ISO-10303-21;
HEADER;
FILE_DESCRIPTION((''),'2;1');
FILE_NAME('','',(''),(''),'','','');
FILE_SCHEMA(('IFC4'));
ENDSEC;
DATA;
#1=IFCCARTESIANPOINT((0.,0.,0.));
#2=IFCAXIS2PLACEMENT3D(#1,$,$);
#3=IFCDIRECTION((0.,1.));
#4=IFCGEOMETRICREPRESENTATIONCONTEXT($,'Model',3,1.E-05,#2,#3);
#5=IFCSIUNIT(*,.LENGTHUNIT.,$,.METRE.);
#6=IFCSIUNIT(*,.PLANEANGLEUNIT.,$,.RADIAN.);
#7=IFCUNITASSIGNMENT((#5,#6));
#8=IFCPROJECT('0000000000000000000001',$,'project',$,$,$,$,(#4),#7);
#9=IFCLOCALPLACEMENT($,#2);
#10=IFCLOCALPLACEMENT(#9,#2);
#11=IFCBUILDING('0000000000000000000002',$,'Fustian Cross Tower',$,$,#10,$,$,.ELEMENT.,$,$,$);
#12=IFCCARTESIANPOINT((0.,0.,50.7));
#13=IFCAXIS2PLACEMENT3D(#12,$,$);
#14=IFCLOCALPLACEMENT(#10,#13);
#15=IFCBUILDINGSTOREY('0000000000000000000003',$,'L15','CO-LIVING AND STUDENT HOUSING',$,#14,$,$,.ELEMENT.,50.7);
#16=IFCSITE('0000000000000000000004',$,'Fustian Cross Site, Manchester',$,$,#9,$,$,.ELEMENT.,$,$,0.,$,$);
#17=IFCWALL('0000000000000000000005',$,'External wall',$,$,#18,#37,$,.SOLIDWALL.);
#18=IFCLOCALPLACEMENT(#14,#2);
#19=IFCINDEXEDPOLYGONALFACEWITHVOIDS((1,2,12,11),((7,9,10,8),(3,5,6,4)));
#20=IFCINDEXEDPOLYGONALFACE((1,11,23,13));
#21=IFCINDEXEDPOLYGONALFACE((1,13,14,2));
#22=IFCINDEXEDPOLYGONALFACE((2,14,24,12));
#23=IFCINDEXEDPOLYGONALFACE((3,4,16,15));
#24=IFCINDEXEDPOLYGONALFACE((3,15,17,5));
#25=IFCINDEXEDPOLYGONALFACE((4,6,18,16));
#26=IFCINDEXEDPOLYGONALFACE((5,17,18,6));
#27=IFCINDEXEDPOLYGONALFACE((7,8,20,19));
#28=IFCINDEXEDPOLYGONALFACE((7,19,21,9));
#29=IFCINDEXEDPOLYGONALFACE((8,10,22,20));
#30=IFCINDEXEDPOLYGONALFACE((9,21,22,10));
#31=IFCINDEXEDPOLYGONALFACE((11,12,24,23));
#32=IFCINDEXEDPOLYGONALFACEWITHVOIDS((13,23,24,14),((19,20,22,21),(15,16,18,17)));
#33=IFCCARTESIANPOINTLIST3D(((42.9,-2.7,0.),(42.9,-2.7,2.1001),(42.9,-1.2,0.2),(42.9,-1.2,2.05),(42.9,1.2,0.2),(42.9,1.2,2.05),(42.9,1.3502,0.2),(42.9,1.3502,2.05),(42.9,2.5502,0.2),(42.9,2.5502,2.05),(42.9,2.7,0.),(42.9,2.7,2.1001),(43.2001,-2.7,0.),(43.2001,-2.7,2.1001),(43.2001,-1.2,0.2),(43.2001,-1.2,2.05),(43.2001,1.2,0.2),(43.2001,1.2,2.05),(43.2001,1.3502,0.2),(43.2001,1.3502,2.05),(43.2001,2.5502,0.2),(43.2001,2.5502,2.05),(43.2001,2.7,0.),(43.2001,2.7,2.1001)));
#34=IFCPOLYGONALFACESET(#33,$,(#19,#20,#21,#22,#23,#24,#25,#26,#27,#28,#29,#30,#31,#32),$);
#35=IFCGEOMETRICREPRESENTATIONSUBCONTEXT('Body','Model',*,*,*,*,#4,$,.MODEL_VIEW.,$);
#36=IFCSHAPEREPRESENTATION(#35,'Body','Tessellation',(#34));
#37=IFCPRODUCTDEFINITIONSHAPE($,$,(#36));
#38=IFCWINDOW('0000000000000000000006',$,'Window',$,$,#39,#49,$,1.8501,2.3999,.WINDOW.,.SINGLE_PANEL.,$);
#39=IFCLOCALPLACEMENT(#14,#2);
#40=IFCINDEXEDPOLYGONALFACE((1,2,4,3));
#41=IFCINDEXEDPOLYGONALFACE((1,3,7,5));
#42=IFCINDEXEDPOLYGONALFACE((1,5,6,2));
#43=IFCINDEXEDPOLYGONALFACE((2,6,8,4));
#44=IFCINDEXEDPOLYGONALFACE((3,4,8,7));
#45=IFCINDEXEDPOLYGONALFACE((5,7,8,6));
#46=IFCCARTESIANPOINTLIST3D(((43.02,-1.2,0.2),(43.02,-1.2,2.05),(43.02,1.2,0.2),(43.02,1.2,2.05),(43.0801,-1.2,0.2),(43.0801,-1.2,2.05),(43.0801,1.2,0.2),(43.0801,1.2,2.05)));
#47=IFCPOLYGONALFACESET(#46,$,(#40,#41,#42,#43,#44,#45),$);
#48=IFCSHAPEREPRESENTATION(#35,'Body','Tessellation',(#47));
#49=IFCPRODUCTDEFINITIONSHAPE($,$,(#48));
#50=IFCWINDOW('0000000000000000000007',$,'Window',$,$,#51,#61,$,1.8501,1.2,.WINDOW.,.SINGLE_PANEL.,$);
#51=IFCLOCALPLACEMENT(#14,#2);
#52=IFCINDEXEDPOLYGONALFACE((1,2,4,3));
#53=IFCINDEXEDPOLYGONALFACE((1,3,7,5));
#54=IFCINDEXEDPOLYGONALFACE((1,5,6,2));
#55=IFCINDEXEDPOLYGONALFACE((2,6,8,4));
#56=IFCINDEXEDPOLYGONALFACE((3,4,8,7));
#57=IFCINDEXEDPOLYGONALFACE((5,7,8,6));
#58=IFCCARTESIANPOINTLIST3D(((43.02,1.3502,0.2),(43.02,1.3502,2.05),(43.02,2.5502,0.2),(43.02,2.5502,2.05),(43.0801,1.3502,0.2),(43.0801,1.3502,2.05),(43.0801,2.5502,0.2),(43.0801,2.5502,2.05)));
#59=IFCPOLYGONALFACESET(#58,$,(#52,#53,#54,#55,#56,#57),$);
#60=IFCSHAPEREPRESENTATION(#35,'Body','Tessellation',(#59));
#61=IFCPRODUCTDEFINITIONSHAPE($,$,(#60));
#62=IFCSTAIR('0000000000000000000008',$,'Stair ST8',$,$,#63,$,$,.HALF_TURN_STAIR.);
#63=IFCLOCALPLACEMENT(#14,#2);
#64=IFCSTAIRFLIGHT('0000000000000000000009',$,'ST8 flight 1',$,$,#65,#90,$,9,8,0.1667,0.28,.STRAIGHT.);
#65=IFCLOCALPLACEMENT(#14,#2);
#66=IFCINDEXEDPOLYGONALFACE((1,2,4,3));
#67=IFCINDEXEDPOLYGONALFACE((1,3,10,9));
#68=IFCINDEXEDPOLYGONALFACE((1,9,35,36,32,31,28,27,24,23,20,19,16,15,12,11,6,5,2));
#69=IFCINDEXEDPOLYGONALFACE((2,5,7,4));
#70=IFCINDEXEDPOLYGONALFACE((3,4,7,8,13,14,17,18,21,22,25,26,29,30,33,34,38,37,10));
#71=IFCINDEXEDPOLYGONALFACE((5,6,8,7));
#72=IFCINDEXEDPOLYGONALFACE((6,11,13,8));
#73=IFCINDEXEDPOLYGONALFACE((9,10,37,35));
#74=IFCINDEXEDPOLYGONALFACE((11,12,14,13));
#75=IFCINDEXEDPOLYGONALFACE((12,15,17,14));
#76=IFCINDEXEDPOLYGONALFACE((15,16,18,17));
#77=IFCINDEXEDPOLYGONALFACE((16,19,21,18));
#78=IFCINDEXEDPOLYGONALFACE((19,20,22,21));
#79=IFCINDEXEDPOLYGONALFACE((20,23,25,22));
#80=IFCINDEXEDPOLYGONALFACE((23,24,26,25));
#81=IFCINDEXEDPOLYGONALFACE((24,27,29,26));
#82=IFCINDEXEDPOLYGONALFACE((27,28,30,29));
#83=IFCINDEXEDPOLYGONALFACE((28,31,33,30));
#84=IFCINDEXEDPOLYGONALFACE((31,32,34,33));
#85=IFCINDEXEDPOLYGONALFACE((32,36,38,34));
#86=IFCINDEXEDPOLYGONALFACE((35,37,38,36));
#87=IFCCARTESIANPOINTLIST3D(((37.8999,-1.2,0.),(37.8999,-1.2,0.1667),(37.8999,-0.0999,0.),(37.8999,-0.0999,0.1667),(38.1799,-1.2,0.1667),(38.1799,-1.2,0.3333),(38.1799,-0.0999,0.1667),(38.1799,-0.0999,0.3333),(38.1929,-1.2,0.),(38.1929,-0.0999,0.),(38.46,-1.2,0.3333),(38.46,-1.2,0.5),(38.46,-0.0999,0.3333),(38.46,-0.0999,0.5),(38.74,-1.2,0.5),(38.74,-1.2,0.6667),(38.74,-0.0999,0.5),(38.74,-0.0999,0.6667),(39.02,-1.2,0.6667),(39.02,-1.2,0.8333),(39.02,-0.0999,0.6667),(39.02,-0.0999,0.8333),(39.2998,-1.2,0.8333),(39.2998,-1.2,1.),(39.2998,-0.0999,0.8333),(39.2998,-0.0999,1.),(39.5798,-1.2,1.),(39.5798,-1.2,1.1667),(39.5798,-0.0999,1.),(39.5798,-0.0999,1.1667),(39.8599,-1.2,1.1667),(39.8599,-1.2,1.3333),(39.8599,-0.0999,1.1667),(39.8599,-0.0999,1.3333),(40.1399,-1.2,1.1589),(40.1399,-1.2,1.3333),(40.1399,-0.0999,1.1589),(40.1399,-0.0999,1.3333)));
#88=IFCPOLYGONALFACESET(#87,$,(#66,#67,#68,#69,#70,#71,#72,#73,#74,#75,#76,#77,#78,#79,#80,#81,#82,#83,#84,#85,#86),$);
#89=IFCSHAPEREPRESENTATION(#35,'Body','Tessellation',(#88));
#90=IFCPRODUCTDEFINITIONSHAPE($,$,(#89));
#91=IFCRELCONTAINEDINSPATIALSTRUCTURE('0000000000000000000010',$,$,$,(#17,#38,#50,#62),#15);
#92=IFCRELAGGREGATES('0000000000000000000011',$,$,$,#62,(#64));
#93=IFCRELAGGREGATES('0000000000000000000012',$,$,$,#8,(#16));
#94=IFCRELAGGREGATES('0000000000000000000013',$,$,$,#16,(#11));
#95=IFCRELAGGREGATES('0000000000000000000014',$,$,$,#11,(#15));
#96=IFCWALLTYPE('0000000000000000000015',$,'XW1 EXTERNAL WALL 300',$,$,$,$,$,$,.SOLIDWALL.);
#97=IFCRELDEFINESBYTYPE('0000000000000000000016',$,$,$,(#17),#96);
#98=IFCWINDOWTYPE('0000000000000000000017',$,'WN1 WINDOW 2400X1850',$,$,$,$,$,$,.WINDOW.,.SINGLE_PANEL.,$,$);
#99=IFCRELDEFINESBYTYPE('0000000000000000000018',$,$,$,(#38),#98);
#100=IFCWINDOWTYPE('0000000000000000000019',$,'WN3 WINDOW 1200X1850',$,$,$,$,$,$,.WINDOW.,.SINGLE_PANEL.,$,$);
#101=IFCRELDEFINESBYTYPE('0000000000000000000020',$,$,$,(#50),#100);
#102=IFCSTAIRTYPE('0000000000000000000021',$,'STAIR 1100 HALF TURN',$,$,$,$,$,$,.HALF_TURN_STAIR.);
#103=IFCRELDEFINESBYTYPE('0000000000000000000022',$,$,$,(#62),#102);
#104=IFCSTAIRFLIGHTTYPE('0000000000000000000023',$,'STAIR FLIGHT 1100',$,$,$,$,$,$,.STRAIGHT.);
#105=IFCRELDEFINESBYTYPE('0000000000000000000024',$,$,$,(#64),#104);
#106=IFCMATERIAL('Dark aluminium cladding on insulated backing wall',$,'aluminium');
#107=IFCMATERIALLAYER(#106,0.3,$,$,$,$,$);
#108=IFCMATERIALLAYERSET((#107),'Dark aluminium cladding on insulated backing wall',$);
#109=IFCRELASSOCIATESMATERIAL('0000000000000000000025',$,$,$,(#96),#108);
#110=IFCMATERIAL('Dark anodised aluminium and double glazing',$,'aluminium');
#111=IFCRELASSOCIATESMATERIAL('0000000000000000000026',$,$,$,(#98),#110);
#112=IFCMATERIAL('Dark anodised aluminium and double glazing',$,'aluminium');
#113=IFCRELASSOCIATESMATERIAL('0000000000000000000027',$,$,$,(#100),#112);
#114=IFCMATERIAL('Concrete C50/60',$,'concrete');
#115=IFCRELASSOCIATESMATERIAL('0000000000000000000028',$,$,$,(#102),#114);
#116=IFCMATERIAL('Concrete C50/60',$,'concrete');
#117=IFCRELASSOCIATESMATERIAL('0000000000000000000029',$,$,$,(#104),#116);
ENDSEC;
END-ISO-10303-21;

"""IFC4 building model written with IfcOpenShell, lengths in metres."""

from ifc_helpers import new_model, si_unit, direction, frame, frame_2d, origin, place, context, subcontext, project, spatial, polyline, rectangle, outline, extrude, material, layer, layer_set, type_object, element, fill, aggregate, save


model = new_model("IFC4")

# Units and contexts
model_context = context("Model", 3, precision=1e-05, world=origin(), true_north=direction((0.0, 1.0)))
body_context = subcontext(model_context, "Body", "Model", "MODEL_VIEW")
ifc_project = project(units=[si_unit("LENGTHUNIT", "METRE"), si_unit("PLANEANGLEUNIT", "RADIAN")], contexts=[model_context])

# Site, building, storey
site_placement = place(None, origin())
site = spatial("IfcSite", under=ifc_project, at=site_placement, Name="Fustian Cross Site, Manchester", CompositionType="ELEMENT", RefElevation=0.0)
building_placement = place(site_placement, origin())
building = spatial("IfcBuilding", under=site, at=building_placement, Name="Fustian Cross Tower", CompositionType="ELEMENT")
storey_placement = place(building_placement, frame((0.0, 0.0, 50.7)))
storey = spatial("IfcBuildingStorey", under=building, at=storey_placement, Name="L15", Description="CO-LIVING AND STUDENT HOUSING", CompositionType="ELEMENT", Elevation=50.7)

# Shared definitions
ifc_material_1 = material(Name="Dark aluminium cladding on insulated backing wall", Category="aluminium")
ifc_layer_1 = layer(ifc_material_1, 0.3)
ifc_layer_set_1 = layer_set([ifc_layer_1], Name="Dark aluminium cladding on insulated backing wall")
wall_type_1 = type_object("IfcWallType", Name="XW1 EXTERNAL WALL 300", PredefinedType="SOLIDWALL", material=ifc_layer_set_1)

# Wall, openings, windows
wall_1_placement = place(storey_placement, frame((43.05, -2.7, 0.0), z_axis=(0.0, 0.0, 1.0), x_axis=(0.0, 1.0, 0.0)))
wall_1 = element("IfcWall", 1, at=wall_1_placement, inside=storey, type_object=wall_type_1, Name="External wall", PredefinedType="SOLIDWALL", context=body_context, shape_type="SweptSolid", body=[
    extrude(rectangle(XDim=5.3999, YDim=0.3, at=frame_2d((2.7, 0.0))), origin(), (0.0, 0.0, 1.0), 2.1001),
])
opening_1_placement = place(wall_1_placement, frame((1.5, 0.0, 0.2)))
opening_1 = element("IfcOpeningElement", 2, at=opening_1_placement, cuts=wall_1, PredefinedType="OPENING", context=body_context, shape_type="SweptSolid", body=[
    extrude(rectangle(XDim=2.3999, YDim=1.8501, at=frame_2d((1.2, 0.925))), frame((0.0, 0.1599, 0.0), z_axis=(0.0, -1.0, 0.0), x_axis=(1.0, 0.0, 0.0)), (0.0, 0.0, 1.0), 0.3201),
])
opening_2_placement = place(wall_1_placement, frame((4.05, 0.0, 0.2)))
opening_2 = element("IfcOpeningElement", 3, at=opening_2_placement, cuts=wall_1, PredefinedType="OPENING", context=body_context, shape_type="SweptSolid", body=[
    extrude(rectangle(XDim=1.2, YDim=1.8501, at=frame_2d((0.6001, 0.925))), frame((0.0, 0.1599, 0.0), z_axis=(0.0, -1.0, 0.0), x_axis=(1.0, 0.0, 0.0)), (0.0, 0.0, 1.0), 0.3201),
])
ifc_material_2 = material(Name="Dark anodised aluminium and double glazing", Category="aluminium")
window_type_1 = type_object("IfcWindowType", Name="WN1 WINDOW 2400X1850", PartitioningType="SINGLE_PANEL", PredefinedType="WINDOW", material=ifc_material_2)
window_1_placement = place(opening_1_placement, origin())
window_1 = element("IfcWindow", 4, at=window_1_placement, inside=storey, type_object=window_type_1, Name="Window", OverallHeight=1.8501, OverallWidth=2.3999, PartitioningType="SINGLE_PANEL", PredefinedType="WINDOW", context=body_context, shape_type="SweptSolid", body=[
    extrude(rectangle(XDim=2.3999, YDim=1.8501, at=frame_2d((1.2, 0.925))), frame((0.0, 0.03, 0.0), z_axis=(0.0, -1.0, 0.0), x_axis=(1.0, 0.0, 0.0)), (0.0, 0.0, 1.0), 0.0601),
])
fill(opening_1, window_1)
ifc_material_3 = material(Name="Dark anodised aluminium and double glazing", Category="aluminium")
window_type_2 = type_object("IfcWindowType", Name="WN3 WINDOW 1200X1850", PartitioningType="SINGLE_PANEL", PredefinedType="WINDOW", material=ifc_material_3)
window_2_placement = place(opening_2_placement, origin())
window_2 = element("IfcWindow", 5, at=window_2_placement, inside=storey, type_object=window_type_2, Name="Window", OverallHeight=1.8501, OverallWidth=1.2, PartitioningType="SINGLE_PANEL", PredefinedType="WINDOW", context=body_context, shape_type="SweptSolid", body=[
    extrude(rectangle(XDim=1.2, YDim=1.8501, at=frame_2d((0.6001, 0.925))), frame((0.0, 0.03, 0.0), z_axis=(0.0, -1.0, 0.0), x_axis=(1.0, 0.0, 0.0)), (0.0, 0.0, 1.0), 0.0601),
])
fill(opening_2, window_2)

# Stair, stair flight
ifc_material_4 = material(Name="Concrete C50/60", Category="concrete")
stair_type = type_object("IfcStairType", Name="STAIR 1100 HALF TURN", PredefinedType="HALF_TURN_STAIR", material=ifc_material_4)
stair_placement = place(storey_placement, origin())
stair = element("IfcStair", 6, at=stair_placement, inside=storey, type_object=stair_type, Name="Stair ST8", PredefinedType="HALF_TURN_STAIR")
ifc_material_5 = material(Name="Concrete C50/60", Category="concrete")
stair_flight_type = type_object("IfcStairFlightType", Name="STAIR FLIGHT 1100", PredefinedType="STRAIGHT", material=ifc_material_5)
stair_flight_placement = place(storey_placement, frame((37.8999, -0.6499, 0.0), z_axis=(0.0, 0.0, 1.0), x_axis=(1.0, 0.0, 0.0)))
stair_flight = element("IfcStairFlight", 7, at=stair_flight_placement, type_object=stair_flight_type, Name="ST8 flight 1", NumberOfRisers=9, NumberOfTreads=8, PredefinedType="STRAIGHT", RiserHeight=0.1667, TreadLength=0.28, context=body_context, shape_type="SweptSolid", body=[
    extrude(outline(polyline([(0.0, 0.0), (0.0, 0.1667), (0.28, 0.1667), (0.28, 0.3333), (0.5601, 0.3333), (0.5601, 0.5), (0.8401, 0.5), (0.8401, 0.6667), (1.1201, 0.6667), (1.1201, 0.8333), (1.3999, 0.8333), (1.3999, 1.0), (1.6799, 1.0), (1.6799, 1.1667), (1.96, 1.1667), (1.96, 1.3333), (2.24, 1.3333), (2.24, 1.5), (2.24, 1.1589), (0.293, 0.0), (0.0, 0.0)])), frame((0.0, 0.55, 0.0), z_axis=(0.0, -1.0, 0.0), x_axis=(1.0, 0.0, 0.0)), (0.0, 0.0, 1.0), 1.1001),
])
aggregate(stair, [stair_flight])

save(model, "model.ifc")
